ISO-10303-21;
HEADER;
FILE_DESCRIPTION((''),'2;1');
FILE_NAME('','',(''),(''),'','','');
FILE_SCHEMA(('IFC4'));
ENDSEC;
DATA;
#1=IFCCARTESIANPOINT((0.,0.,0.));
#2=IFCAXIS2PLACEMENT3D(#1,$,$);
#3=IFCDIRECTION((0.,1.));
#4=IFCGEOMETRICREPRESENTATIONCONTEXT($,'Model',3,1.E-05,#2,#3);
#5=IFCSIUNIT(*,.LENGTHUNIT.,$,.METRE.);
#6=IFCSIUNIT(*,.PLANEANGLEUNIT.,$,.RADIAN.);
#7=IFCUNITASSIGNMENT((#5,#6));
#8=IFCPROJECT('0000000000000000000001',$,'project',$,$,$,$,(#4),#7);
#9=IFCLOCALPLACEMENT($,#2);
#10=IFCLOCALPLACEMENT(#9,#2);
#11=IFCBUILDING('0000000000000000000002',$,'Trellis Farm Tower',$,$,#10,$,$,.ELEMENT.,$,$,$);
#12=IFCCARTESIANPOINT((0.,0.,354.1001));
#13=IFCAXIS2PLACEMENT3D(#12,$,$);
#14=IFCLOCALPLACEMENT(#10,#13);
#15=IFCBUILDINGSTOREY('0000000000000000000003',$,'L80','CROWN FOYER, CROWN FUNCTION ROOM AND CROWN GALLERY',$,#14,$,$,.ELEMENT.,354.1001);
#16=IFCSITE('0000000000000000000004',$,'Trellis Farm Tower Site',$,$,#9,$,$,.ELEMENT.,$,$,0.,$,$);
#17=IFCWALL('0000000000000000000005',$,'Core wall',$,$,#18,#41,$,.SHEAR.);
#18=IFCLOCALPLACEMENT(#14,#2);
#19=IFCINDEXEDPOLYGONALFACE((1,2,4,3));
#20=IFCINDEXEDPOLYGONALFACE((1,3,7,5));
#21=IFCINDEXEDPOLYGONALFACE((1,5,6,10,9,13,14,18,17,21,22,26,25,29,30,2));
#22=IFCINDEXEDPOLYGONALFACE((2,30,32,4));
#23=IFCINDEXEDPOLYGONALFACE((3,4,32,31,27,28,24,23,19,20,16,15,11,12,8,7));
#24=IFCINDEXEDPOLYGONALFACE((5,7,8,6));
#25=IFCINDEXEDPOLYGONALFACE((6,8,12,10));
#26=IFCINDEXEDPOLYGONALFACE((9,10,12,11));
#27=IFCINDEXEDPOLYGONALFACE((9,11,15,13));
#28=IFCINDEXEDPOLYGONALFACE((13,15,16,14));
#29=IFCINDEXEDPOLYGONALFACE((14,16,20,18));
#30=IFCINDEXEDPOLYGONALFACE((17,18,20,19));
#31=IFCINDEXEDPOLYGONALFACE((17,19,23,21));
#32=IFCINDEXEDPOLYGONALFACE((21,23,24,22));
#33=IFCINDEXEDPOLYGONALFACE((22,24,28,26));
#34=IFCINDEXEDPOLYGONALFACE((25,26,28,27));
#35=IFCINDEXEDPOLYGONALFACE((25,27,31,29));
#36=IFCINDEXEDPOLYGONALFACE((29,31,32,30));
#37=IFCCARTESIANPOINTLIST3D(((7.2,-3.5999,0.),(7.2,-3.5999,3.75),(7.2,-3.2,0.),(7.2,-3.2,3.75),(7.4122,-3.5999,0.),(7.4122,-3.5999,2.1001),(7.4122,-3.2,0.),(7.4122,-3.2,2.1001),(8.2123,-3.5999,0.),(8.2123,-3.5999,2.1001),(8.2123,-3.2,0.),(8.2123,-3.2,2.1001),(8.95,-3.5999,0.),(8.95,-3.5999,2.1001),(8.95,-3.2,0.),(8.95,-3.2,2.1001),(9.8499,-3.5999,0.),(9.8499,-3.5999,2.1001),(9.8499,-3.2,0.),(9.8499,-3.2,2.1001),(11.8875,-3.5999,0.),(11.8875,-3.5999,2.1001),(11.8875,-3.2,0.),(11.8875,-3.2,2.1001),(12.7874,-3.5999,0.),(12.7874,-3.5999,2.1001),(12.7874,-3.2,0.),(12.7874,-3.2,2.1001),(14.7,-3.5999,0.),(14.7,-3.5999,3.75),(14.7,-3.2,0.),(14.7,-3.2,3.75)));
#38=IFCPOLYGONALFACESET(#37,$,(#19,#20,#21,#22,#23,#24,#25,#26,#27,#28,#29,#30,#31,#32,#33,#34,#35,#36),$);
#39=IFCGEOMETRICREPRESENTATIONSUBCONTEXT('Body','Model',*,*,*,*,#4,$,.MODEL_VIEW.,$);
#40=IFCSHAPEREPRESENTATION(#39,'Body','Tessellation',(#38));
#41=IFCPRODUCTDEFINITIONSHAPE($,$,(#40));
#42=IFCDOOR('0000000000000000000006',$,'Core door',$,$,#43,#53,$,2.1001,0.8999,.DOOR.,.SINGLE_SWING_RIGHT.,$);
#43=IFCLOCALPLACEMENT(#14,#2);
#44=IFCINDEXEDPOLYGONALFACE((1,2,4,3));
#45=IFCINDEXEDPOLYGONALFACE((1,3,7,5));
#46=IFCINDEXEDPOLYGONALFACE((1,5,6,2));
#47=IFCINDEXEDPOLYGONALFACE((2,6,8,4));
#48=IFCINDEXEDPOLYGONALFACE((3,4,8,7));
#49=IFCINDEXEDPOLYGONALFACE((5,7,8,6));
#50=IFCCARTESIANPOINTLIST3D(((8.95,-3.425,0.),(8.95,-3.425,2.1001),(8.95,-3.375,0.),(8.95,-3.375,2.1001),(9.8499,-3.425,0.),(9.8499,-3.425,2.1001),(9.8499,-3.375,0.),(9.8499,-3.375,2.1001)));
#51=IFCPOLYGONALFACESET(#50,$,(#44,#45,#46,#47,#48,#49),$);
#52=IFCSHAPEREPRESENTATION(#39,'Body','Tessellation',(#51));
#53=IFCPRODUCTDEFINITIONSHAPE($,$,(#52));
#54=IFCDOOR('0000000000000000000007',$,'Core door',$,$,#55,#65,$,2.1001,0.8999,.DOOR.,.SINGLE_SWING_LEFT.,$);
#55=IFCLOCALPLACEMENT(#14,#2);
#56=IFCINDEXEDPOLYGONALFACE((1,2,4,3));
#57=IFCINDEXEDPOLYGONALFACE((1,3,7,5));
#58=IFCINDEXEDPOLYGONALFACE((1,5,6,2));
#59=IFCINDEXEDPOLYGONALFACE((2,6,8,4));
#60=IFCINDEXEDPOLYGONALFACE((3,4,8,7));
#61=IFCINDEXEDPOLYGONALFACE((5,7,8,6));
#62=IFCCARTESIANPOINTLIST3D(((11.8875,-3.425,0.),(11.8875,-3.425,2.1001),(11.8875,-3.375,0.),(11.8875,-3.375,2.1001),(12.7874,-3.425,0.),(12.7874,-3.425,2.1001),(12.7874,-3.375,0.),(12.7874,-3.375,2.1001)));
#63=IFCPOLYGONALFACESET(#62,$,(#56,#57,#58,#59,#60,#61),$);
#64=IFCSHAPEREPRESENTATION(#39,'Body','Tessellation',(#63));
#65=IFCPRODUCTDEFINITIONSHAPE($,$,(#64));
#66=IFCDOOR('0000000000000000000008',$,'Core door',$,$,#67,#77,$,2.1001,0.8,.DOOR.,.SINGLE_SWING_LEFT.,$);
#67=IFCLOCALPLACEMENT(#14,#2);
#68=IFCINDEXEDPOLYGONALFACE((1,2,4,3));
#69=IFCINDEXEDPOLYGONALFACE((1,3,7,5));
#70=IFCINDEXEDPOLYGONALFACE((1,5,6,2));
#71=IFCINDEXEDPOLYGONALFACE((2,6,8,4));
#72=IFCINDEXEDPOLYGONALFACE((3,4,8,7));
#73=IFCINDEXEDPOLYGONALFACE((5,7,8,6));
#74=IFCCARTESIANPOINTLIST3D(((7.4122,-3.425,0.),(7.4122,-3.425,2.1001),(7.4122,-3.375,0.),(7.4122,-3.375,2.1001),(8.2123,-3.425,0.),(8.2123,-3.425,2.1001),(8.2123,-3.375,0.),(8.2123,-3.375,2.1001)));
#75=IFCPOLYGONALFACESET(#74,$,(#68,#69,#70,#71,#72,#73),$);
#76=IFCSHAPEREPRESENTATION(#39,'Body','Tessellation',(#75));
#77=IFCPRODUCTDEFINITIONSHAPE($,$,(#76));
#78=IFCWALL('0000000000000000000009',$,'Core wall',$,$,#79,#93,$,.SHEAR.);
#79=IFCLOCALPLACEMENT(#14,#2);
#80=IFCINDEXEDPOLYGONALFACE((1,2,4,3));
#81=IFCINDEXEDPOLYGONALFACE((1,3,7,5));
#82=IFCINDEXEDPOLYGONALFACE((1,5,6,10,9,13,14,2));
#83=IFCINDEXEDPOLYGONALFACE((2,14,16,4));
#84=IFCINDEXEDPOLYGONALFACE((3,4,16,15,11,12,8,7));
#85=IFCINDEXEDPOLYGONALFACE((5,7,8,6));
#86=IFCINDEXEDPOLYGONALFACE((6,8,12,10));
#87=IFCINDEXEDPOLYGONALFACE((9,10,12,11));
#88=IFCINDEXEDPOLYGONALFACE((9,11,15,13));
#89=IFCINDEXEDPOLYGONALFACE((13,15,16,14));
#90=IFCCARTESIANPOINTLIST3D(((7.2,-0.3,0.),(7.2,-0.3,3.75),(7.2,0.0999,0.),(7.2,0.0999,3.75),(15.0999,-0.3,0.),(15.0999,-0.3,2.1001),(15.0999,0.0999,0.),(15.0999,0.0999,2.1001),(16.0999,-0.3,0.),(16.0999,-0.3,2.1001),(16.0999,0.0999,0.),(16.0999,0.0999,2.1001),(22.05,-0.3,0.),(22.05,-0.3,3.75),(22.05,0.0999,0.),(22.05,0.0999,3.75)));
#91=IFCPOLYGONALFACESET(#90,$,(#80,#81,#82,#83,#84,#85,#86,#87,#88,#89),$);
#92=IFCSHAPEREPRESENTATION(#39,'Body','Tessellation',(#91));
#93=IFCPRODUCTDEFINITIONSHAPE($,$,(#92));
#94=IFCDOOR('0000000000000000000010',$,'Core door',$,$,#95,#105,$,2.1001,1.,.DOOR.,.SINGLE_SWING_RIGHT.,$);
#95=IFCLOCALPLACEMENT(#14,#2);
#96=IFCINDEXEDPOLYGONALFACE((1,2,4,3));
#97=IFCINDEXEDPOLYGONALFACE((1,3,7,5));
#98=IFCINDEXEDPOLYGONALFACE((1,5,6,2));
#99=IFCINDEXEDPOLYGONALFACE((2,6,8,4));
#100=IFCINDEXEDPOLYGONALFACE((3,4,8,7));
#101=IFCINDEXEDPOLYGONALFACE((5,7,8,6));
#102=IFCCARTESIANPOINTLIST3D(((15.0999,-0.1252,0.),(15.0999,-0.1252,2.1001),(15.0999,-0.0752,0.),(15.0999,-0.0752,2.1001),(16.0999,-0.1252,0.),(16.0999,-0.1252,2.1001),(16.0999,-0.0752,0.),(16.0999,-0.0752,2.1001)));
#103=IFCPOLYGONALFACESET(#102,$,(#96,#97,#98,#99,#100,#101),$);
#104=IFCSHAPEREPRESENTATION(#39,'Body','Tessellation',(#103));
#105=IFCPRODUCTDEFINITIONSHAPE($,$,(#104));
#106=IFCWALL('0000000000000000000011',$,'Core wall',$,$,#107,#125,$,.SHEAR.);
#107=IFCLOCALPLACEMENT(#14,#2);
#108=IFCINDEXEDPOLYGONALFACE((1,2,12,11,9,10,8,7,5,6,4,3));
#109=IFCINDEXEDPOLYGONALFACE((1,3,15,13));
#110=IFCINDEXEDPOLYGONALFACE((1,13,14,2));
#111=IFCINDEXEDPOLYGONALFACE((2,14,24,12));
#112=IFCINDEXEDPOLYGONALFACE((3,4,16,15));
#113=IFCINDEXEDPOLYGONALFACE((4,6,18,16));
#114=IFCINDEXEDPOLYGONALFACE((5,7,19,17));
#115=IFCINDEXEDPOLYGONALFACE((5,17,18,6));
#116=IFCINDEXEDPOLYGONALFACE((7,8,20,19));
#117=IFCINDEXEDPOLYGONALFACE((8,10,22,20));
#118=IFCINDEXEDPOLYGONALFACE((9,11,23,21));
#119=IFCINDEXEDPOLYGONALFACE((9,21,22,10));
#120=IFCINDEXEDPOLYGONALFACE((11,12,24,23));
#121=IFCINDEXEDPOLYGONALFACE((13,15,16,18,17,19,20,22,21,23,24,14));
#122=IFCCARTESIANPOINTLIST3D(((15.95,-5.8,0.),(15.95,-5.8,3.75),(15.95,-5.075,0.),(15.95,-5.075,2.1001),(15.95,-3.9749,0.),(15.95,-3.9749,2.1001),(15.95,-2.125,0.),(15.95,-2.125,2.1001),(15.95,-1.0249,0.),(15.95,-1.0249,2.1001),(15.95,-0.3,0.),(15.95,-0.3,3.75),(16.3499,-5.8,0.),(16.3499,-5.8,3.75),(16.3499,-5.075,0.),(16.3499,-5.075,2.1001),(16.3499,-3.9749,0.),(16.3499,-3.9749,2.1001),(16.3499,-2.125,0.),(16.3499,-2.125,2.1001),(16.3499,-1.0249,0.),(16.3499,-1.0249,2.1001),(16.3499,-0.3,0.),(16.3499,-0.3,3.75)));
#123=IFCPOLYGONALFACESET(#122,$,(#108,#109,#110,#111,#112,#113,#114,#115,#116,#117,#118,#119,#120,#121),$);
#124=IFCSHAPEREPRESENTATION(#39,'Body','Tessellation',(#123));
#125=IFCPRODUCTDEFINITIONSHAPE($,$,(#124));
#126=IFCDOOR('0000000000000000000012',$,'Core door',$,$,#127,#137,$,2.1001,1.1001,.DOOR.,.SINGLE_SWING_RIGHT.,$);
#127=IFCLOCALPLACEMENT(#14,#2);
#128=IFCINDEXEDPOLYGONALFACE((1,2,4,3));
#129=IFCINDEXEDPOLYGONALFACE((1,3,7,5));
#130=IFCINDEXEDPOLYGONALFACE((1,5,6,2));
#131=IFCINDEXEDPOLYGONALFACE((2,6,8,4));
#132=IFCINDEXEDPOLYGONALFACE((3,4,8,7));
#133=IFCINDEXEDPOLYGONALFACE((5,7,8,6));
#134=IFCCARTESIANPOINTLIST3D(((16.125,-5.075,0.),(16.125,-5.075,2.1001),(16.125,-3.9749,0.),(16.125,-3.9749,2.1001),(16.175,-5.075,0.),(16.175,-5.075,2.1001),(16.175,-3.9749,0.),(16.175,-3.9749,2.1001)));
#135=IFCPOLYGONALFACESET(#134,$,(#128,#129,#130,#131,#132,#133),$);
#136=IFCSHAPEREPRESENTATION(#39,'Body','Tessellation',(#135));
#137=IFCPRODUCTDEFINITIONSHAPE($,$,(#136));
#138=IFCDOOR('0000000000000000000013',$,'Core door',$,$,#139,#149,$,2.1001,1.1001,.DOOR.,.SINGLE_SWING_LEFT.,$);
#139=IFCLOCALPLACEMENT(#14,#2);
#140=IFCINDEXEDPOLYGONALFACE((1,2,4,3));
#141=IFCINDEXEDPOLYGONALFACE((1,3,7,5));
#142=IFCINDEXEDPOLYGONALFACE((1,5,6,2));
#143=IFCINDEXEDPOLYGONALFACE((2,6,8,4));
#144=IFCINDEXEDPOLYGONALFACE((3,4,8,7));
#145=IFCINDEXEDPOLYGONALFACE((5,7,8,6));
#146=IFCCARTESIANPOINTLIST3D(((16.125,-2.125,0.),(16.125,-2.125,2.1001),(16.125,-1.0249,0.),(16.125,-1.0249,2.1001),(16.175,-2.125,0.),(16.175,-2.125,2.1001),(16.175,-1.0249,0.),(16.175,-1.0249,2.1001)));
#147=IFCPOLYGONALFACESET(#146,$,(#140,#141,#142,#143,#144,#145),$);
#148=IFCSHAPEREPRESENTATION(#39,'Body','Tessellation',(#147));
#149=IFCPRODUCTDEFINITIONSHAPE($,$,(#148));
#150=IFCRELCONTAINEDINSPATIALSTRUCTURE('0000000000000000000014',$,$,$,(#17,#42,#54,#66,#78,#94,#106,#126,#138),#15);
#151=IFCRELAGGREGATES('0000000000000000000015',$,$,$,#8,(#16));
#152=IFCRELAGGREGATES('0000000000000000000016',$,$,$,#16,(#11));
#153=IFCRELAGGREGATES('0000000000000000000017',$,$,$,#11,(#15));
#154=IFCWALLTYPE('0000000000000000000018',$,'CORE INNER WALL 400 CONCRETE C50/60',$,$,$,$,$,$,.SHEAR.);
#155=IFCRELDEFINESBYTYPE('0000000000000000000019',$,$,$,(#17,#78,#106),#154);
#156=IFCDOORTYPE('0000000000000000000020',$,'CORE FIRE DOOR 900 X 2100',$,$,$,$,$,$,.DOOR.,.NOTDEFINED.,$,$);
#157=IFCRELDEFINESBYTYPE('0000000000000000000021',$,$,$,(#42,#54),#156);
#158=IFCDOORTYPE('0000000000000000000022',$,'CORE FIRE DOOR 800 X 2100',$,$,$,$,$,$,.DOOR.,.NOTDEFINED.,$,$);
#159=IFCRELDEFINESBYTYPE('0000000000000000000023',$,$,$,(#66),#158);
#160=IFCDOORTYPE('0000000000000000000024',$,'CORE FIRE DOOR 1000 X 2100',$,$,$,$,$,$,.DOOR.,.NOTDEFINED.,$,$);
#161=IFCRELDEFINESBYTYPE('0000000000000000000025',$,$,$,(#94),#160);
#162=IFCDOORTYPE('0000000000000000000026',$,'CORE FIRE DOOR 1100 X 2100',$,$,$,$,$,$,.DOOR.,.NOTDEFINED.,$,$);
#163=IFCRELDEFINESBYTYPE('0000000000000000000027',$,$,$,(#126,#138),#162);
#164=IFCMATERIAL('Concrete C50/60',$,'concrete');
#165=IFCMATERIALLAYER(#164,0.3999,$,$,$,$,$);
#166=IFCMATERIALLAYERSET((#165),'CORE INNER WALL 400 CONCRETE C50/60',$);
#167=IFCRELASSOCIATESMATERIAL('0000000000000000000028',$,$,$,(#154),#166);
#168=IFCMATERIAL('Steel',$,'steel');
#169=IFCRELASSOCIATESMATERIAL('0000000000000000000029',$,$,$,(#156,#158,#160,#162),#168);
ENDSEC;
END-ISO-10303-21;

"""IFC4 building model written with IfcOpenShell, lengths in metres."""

from ifc_helpers import new_model, si_unit, direction, frame, frame_2d, origin, place, context, subcontext, project, spatial, rectangle, extrude, source, transform, mapped, material, layer, layer_set, type_object, element, fill, save


model = new_model("IFC4")

# Units and contexts
model_context = context("Model", 3, precision=1e-05, world=origin(), true_north=direction((0.0, 1.0)))
body_context = subcontext(model_context, "Body", "Model", "MODEL_VIEW")
ifc_project = project(units=[si_unit("LENGTHUNIT", "METRE"), si_unit("PLANEANGLEUNIT", "RADIAN")], contexts=[model_context])

# Site, building, storey
site_placement = place(None, origin())
site = spatial("IfcSite", under=ifc_project, at=site_placement, Name="Trellis Farm Tower Site", CompositionType="ELEMENT", RefElevation=0.0)
building_placement = place(site_placement, origin())
building = spatial("IfcBuilding", under=site, at=building_placement, Name="Trellis Farm Tower", CompositionType="ELEMENT")
storey_placement = place(building_placement, frame((0.0, 0.0, 354.1001)))
storey = spatial("IfcBuildingStorey", under=building, at=storey_placement, Name="L80", Description="CROWN FOYER, CROWN FUNCTION ROOM AND CROWN GALLERY", CompositionType="ELEMENT", Elevation=354.1001)

# Shared definitions
ifc_material_1 = material(Name="Concrete C50/60", Category="concrete")

# Shared definitions
ifc_material_2 = material(Name="Steel", Category="steel")

# Wall, openings, doors
ifc_layer_1 = layer(ifc_material_1, 0.3999)
ifc_layer_set_1 = layer_set([ifc_layer_1], Name="CORE INNER WALL 400 CONCRETE C50/60")
wall_type_1 = type_object("IfcWallType", Name="CORE INNER WALL 400 CONCRETE C50/60", PredefinedType="SHEAR", material=ifc_layer_set_1)
shared_shape_1 = source(origin(), body_context, "Body", "SweptSolid", [
    extrude(rectangle(XDim=7.5, YDim=0.3999, at=frame_2d((3.75, 0.0))), origin(), (0.0, 0.0, 1.0), 3.75),
])
wall_1_placement = place(storey_placement, frame((7.2, -3.3999, 0.0), z_axis=(0.0, 0.0, 1.0), x_axis=(1.0, 0.0, 0.0)))
wall_1 = element("IfcWall", 1, at=wall_1_placement, inside=storey, type_object=wall_type_1, Name="Core wall", PredefinedType="SHEAR", context=body_context, shape_type="MappedRepresentation", body=[
    mapped(shared_shape_1, transform((0.0, 0.0, 0.0))),
])
shared_shape_2 = source(origin(), body_context, "Body", "SweptSolid", [
    extrude(rectangle(XDim=0.8, YDim=2.1001, at=frame_2d((0.3999, 1.05))), frame((0.0, 0.21, 0.0), z_axis=(0.0, -1.0, 0.0), x_axis=(1.0, 0.0, 0.0)), (0.0, 0.0, 1.0), 0.4199),
])
opening_1_placement = place(wall_1_placement, frame((0.2124, 0.0, 0.0)))
opening_1 = element("IfcOpeningElement", 2, at=opening_1_placement, cuts=wall_1, PredefinedType="OPENING", context=body_context, shape_type="MappedRepresentation", body=[
    mapped(shared_shape_2, transform((0.0, 0.0, 0.0))),
])
shared_shape_3 = source(origin(), body_context, "Body", "SweptSolid", [
    extrude(rectangle(XDim=0.8999, YDim=2.1001, at=frame_2d((0.45, 1.05))), frame((0.0, 0.21, 0.0), z_axis=(0.0, -1.0, 0.0), x_axis=(1.0, 0.0, 0.0)), (0.0, 0.0, 1.0), 0.4199),
])
opening_2_placement = place(wall_1_placement, frame((1.75, 0.0, 0.0)))
opening_2 = element("IfcOpeningElement", 3, at=opening_2_placement, cuts=wall_1, PredefinedType="OPENING", context=body_context, shape_type="MappedRepresentation", body=[
    mapped(shared_shape_3, transform((0.0, 0.0, 0.0))),
])
opening_3_placement = place(wall_1_placement, frame((4.6875, 0.0, 0.0)))
opening_3 = element("IfcOpeningElement", 4, at=opening_3_placement, cuts=wall_1, PredefinedType="OPENING", context=body_context, shape_type="MappedRepresentation", body=[
    mapped(shared_shape_3, transform((0.0, 0.0, 0.0))),
])
door_type_1 = type_object("IfcDoorType", Name="CORE FIRE DOOR 900 X 2100", OperationType="NOTDEFINED", PredefinedType="DOOR", material=ifc_material_2)
shared_shape_4 = source(origin(), body_context, "Body", "SweptSolid", [
    extrude(rectangle(XDim=0.8999, YDim=2.1001, at=frame_2d((0.45, 1.05))), frame((0.0, 0.0249, 0.0), z_axis=(0.0, -1.0, 0.0), x_axis=(1.0, 0.0, 0.0)), (0.0, 0.0, 1.0), 0.05),
])
door_1_placement = place(opening_2_placement, origin())
door_1 = element("IfcDoor", 5, at=door_1_placement, inside=storey, type_object=door_type_1, Name="Core door", OperationType="SINGLE_SWING_RIGHT", OverallHeight=2.1001, OverallWidth=0.8999, PredefinedType="DOOR", context=body_context, shape_type="MappedRepresentation", body=[
    mapped(shared_shape_4, transform((0.0, 0.0, 0.0))),
])
fill(opening_2, door_1)
door_2_placement = place(opening_3_placement, origin())
door_2 = element("IfcDoor", 6, at=door_2_placement, inside=storey, type_object=door_type_1, Name="Core door", OperationType="SINGLE_SWING_LEFT", OverallHeight=2.1001, OverallWidth=0.8999, PredefinedType="DOOR", context=body_context, shape_type="MappedRepresentation", body=[
    mapped(shared_shape_4, transform((0.0, 0.0, 0.0))),
])
fill(opening_3, door_2)
door_type_2 = type_object("IfcDoorType", Name="CORE FIRE DOOR 800 X 2100", OperationType="NOTDEFINED", PredefinedType="DOOR", material=ifc_material_2)
shared_shape_5 = source(origin(), body_context, "Body", "SweptSolid", [
    extrude(rectangle(XDim=0.8, YDim=2.1001, at=frame_2d((0.3999, 1.05))), frame((0.0, 0.0249, 0.0), z_axis=(0.0, -1.0, 0.0), x_axis=(1.0, 0.0, 0.0)), (0.0, 0.0, 1.0), 0.05),
])
door_3_placement = place(opening_1_placement, origin())
door_3 = element("IfcDoor", 7, at=door_3_placement, inside=storey, type_object=door_type_2, Name="Core door", OperationType="SINGLE_SWING_LEFT", OverallHeight=2.1001, OverallWidth=0.8, PredefinedType="DOOR", context=body_context, shape_type="MappedRepresentation", body=[
    mapped(shared_shape_5, transform((0.0, 0.0, 0.0))),
])
fill(opening_1, door_3)

# Wall, opening, door
shared_shape_6 = source(origin(), body_context, "Body", "SweptSolid", [
    extrude(rectangle(XDim=14.8501, YDim=0.3999, at=frame_2d((7.425, 0.0))), origin(), (0.0, 0.0, 1.0), 3.75),
])
wall_2_placement = place(storey_placement, frame((7.2, -0.1001, 0.0), z_axis=(0.0, 0.0, 1.0), x_axis=(1.0, 0.0, 0.0)))
wall_2 = element("IfcWall", 8, at=wall_2_placement, inside=storey, type_object=wall_type_1, Name="Core wall", PredefinedType="SHEAR", context=body_context, shape_type="MappedRepresentation", body=[
    mapped(shared_shape_6, transform((0.0, 0.0, 0.0))),
])
shared_shape_7 = source(origin(), body_context, "Body", "SweptSolid", [
    extrude(rectangle(XDim=1.0, YDim=2.1001, at=frame_2d((0.5, 1.05))), frame((0.0, 0.21, 0.0), z_axis=(0.0, -1.0, 0.0), x_axis=(1.0, 0.0, 0.0)), (0.0, 0.0, 1.0), 0.4199),
])
opening_4_placement = place(wall_2_placement, frame((7.8999, 0.0, 0.0)))
opening_4 = element("IfcOpeningElement", 9, at=opening_4_placement, cuts=wall_2, PredefinedType="OPENING", context=body_context, shape_type="MappedRepresentation", body=[
    mapped(shared_shape_7, transform((0.0, 0.0, 0.0))),
])
door_type_3 = type_object("IfcDoorType", Name="CORE FIRE DOOR 1000 X 2100", OperationType="NOTDEFINED", PredefinedType="DOOR", material=ifc_material_2)
shared_shape_8 = source(origin(), body_context, "Body", "SweptSolid", [
    extrude(rectangle(XDim=1.0, YDim=2.1001, at=frame_2d((0.5, 1.05))), frame((0.0, 0.0249, 0.0), z_axis=(0.0, -1.0, 0.0), x_axis=(1.0, 0.0, 0.0)), (0.0, 0.0, 1.0), 0.05),
])
door_4_placement = place(opening_4_placement, origin())
door_4 = element("IfcDoor", 10, at=door_4_placement, inside=storey, type_object=door_type_3, Name="Core door", OperationType="SINGLE_SWING_RIGHT", OverallHeight=2.1001, OverallWidth=1.0, PredefinedType="DOOR", context=body_context, shape_type="MappedRepresentation", body=[
    mapped(shared_shape_8, transform((0.0, 0.0, 0.0))),
])
fill(opening_4, door_4)

# Wall, openings, doors
shared_shape_9 = source(origin(), body_context, "Body", "SweptSolid", [
    extrude(rectangle(XDim=5.5, YDim=0.3999, at=frame_2d((2.75, 0.0))), origin(), (0.0, 0.0, 1.0), 3.75),
])
wall_3_placement = place(storey_placement, frame((16.1499, -5.8, 0.0), z_axis=(0.0, 0.0, 1.0), x_axis=(0.0, 1.0, 0.0)))
wall_3 = element("IfcWall", 11, at=wall_3_placement, inside=storey, type_object=wall_type_1, Name="Core wall", PredefinedType="SHEAR", context=body_context, shape_type="MappedRepresentation", body=[
    mapped(shared_shape_9, transform((0.0, 0.0, 0.0))),
])
shared_shape_10 = source(origin(), body_context, "Body", "SweptSolid", [
    extrude(rectangle(XDim=1.1001, YDim=2.1001, at=frame_2d((0.55, 1.05))), frame((0.0, 0.21, 0.0), z_axis=(0.0, -1.0, 0.0), x_axis=(1.0, 0.0, 0.0)), (0.0, 0.0, 1.0), 0.4199),
])
opening_5_placement = place(wall_3_placement, frame((0.7251, 0.0, 0.0)))
opening_5 = element("IfcOpeningElement", 12, at=opening_5_placement, cuts=wall_3, PredefinedType="OPENING", context=body_context, shape_type="MappedRepresentation", body=[
    mapped(shared_shape_10, transform((0.0, 0.0, 0.0))),
])
opening_6_placement = place(wall_3_placement, frame((3.675, 0.0, 0.0)))
opening_6 = element("IfcOpeningElement", 13, at=opening_6_placement, cuts=wall_3, PredefinedType="OPENING", context=body_context, shape_type="MappedRepresentation", body=[
    mapped(shared_shape_10, transform((0.0, 0.0, 0.0))),
])
door_type_4 = type_object("IfcDoorType", Name="CORE FIRE DOOR 1100 X 2100", OperationType="NOTDEFINED", PredefinedType="DOOR", material=ifc_material_2)
shared_shape_11 = source(origin(), body_context, "Body", "SweptSolid", [
    extrude(rectangle(XDim=1.1001, YDim=2.1001, at=frame_2d((0.55, 1.05))), frame((0.0, 0.0249, 0.0), z_axis=(0.0, -1.0, 0.0), x_axis=(1.0, 0.0, 0.0)), (0.0, 0.0, 1.0), 0.05),
])
door_5_placement = place(opening_5_placement, origin())
door_5 = element("IfcDoor", 14, at=door_5_placement, inside=storey, type_object=door_type_4, Name="Core door", OperationType="SINGLE_SWING_RIGHT", OverallHeight=2.1001, OverallWidth=1.1001, PredefinedType="DOOR", context=body_context, shape_type="MappedRepresentation", body=[
    mapped(shared_shape_11, transform((0.0, 0.0, 0.0))),
])
fill(opening_5, door_5)
door_6_placement = place(opening_6_placement, origin())
door_6 = element("IfcDoor", 15, at=door_6_placement, inside=storey, type_object=door_type_4, Name="Core door", OperationType="SINGLE_SWING_LEFT", OverallHeight=2.1001, OverallWidth=1.1001, PredefinedType="DOOR", context=body_context, shape_type="MappedRepresentation", body=[
    mapped(shared_shape_11, transform((0.0, 0.0, 0.0))),
])
fill(opening_6, door_6)

save(model, "model.ifc")
